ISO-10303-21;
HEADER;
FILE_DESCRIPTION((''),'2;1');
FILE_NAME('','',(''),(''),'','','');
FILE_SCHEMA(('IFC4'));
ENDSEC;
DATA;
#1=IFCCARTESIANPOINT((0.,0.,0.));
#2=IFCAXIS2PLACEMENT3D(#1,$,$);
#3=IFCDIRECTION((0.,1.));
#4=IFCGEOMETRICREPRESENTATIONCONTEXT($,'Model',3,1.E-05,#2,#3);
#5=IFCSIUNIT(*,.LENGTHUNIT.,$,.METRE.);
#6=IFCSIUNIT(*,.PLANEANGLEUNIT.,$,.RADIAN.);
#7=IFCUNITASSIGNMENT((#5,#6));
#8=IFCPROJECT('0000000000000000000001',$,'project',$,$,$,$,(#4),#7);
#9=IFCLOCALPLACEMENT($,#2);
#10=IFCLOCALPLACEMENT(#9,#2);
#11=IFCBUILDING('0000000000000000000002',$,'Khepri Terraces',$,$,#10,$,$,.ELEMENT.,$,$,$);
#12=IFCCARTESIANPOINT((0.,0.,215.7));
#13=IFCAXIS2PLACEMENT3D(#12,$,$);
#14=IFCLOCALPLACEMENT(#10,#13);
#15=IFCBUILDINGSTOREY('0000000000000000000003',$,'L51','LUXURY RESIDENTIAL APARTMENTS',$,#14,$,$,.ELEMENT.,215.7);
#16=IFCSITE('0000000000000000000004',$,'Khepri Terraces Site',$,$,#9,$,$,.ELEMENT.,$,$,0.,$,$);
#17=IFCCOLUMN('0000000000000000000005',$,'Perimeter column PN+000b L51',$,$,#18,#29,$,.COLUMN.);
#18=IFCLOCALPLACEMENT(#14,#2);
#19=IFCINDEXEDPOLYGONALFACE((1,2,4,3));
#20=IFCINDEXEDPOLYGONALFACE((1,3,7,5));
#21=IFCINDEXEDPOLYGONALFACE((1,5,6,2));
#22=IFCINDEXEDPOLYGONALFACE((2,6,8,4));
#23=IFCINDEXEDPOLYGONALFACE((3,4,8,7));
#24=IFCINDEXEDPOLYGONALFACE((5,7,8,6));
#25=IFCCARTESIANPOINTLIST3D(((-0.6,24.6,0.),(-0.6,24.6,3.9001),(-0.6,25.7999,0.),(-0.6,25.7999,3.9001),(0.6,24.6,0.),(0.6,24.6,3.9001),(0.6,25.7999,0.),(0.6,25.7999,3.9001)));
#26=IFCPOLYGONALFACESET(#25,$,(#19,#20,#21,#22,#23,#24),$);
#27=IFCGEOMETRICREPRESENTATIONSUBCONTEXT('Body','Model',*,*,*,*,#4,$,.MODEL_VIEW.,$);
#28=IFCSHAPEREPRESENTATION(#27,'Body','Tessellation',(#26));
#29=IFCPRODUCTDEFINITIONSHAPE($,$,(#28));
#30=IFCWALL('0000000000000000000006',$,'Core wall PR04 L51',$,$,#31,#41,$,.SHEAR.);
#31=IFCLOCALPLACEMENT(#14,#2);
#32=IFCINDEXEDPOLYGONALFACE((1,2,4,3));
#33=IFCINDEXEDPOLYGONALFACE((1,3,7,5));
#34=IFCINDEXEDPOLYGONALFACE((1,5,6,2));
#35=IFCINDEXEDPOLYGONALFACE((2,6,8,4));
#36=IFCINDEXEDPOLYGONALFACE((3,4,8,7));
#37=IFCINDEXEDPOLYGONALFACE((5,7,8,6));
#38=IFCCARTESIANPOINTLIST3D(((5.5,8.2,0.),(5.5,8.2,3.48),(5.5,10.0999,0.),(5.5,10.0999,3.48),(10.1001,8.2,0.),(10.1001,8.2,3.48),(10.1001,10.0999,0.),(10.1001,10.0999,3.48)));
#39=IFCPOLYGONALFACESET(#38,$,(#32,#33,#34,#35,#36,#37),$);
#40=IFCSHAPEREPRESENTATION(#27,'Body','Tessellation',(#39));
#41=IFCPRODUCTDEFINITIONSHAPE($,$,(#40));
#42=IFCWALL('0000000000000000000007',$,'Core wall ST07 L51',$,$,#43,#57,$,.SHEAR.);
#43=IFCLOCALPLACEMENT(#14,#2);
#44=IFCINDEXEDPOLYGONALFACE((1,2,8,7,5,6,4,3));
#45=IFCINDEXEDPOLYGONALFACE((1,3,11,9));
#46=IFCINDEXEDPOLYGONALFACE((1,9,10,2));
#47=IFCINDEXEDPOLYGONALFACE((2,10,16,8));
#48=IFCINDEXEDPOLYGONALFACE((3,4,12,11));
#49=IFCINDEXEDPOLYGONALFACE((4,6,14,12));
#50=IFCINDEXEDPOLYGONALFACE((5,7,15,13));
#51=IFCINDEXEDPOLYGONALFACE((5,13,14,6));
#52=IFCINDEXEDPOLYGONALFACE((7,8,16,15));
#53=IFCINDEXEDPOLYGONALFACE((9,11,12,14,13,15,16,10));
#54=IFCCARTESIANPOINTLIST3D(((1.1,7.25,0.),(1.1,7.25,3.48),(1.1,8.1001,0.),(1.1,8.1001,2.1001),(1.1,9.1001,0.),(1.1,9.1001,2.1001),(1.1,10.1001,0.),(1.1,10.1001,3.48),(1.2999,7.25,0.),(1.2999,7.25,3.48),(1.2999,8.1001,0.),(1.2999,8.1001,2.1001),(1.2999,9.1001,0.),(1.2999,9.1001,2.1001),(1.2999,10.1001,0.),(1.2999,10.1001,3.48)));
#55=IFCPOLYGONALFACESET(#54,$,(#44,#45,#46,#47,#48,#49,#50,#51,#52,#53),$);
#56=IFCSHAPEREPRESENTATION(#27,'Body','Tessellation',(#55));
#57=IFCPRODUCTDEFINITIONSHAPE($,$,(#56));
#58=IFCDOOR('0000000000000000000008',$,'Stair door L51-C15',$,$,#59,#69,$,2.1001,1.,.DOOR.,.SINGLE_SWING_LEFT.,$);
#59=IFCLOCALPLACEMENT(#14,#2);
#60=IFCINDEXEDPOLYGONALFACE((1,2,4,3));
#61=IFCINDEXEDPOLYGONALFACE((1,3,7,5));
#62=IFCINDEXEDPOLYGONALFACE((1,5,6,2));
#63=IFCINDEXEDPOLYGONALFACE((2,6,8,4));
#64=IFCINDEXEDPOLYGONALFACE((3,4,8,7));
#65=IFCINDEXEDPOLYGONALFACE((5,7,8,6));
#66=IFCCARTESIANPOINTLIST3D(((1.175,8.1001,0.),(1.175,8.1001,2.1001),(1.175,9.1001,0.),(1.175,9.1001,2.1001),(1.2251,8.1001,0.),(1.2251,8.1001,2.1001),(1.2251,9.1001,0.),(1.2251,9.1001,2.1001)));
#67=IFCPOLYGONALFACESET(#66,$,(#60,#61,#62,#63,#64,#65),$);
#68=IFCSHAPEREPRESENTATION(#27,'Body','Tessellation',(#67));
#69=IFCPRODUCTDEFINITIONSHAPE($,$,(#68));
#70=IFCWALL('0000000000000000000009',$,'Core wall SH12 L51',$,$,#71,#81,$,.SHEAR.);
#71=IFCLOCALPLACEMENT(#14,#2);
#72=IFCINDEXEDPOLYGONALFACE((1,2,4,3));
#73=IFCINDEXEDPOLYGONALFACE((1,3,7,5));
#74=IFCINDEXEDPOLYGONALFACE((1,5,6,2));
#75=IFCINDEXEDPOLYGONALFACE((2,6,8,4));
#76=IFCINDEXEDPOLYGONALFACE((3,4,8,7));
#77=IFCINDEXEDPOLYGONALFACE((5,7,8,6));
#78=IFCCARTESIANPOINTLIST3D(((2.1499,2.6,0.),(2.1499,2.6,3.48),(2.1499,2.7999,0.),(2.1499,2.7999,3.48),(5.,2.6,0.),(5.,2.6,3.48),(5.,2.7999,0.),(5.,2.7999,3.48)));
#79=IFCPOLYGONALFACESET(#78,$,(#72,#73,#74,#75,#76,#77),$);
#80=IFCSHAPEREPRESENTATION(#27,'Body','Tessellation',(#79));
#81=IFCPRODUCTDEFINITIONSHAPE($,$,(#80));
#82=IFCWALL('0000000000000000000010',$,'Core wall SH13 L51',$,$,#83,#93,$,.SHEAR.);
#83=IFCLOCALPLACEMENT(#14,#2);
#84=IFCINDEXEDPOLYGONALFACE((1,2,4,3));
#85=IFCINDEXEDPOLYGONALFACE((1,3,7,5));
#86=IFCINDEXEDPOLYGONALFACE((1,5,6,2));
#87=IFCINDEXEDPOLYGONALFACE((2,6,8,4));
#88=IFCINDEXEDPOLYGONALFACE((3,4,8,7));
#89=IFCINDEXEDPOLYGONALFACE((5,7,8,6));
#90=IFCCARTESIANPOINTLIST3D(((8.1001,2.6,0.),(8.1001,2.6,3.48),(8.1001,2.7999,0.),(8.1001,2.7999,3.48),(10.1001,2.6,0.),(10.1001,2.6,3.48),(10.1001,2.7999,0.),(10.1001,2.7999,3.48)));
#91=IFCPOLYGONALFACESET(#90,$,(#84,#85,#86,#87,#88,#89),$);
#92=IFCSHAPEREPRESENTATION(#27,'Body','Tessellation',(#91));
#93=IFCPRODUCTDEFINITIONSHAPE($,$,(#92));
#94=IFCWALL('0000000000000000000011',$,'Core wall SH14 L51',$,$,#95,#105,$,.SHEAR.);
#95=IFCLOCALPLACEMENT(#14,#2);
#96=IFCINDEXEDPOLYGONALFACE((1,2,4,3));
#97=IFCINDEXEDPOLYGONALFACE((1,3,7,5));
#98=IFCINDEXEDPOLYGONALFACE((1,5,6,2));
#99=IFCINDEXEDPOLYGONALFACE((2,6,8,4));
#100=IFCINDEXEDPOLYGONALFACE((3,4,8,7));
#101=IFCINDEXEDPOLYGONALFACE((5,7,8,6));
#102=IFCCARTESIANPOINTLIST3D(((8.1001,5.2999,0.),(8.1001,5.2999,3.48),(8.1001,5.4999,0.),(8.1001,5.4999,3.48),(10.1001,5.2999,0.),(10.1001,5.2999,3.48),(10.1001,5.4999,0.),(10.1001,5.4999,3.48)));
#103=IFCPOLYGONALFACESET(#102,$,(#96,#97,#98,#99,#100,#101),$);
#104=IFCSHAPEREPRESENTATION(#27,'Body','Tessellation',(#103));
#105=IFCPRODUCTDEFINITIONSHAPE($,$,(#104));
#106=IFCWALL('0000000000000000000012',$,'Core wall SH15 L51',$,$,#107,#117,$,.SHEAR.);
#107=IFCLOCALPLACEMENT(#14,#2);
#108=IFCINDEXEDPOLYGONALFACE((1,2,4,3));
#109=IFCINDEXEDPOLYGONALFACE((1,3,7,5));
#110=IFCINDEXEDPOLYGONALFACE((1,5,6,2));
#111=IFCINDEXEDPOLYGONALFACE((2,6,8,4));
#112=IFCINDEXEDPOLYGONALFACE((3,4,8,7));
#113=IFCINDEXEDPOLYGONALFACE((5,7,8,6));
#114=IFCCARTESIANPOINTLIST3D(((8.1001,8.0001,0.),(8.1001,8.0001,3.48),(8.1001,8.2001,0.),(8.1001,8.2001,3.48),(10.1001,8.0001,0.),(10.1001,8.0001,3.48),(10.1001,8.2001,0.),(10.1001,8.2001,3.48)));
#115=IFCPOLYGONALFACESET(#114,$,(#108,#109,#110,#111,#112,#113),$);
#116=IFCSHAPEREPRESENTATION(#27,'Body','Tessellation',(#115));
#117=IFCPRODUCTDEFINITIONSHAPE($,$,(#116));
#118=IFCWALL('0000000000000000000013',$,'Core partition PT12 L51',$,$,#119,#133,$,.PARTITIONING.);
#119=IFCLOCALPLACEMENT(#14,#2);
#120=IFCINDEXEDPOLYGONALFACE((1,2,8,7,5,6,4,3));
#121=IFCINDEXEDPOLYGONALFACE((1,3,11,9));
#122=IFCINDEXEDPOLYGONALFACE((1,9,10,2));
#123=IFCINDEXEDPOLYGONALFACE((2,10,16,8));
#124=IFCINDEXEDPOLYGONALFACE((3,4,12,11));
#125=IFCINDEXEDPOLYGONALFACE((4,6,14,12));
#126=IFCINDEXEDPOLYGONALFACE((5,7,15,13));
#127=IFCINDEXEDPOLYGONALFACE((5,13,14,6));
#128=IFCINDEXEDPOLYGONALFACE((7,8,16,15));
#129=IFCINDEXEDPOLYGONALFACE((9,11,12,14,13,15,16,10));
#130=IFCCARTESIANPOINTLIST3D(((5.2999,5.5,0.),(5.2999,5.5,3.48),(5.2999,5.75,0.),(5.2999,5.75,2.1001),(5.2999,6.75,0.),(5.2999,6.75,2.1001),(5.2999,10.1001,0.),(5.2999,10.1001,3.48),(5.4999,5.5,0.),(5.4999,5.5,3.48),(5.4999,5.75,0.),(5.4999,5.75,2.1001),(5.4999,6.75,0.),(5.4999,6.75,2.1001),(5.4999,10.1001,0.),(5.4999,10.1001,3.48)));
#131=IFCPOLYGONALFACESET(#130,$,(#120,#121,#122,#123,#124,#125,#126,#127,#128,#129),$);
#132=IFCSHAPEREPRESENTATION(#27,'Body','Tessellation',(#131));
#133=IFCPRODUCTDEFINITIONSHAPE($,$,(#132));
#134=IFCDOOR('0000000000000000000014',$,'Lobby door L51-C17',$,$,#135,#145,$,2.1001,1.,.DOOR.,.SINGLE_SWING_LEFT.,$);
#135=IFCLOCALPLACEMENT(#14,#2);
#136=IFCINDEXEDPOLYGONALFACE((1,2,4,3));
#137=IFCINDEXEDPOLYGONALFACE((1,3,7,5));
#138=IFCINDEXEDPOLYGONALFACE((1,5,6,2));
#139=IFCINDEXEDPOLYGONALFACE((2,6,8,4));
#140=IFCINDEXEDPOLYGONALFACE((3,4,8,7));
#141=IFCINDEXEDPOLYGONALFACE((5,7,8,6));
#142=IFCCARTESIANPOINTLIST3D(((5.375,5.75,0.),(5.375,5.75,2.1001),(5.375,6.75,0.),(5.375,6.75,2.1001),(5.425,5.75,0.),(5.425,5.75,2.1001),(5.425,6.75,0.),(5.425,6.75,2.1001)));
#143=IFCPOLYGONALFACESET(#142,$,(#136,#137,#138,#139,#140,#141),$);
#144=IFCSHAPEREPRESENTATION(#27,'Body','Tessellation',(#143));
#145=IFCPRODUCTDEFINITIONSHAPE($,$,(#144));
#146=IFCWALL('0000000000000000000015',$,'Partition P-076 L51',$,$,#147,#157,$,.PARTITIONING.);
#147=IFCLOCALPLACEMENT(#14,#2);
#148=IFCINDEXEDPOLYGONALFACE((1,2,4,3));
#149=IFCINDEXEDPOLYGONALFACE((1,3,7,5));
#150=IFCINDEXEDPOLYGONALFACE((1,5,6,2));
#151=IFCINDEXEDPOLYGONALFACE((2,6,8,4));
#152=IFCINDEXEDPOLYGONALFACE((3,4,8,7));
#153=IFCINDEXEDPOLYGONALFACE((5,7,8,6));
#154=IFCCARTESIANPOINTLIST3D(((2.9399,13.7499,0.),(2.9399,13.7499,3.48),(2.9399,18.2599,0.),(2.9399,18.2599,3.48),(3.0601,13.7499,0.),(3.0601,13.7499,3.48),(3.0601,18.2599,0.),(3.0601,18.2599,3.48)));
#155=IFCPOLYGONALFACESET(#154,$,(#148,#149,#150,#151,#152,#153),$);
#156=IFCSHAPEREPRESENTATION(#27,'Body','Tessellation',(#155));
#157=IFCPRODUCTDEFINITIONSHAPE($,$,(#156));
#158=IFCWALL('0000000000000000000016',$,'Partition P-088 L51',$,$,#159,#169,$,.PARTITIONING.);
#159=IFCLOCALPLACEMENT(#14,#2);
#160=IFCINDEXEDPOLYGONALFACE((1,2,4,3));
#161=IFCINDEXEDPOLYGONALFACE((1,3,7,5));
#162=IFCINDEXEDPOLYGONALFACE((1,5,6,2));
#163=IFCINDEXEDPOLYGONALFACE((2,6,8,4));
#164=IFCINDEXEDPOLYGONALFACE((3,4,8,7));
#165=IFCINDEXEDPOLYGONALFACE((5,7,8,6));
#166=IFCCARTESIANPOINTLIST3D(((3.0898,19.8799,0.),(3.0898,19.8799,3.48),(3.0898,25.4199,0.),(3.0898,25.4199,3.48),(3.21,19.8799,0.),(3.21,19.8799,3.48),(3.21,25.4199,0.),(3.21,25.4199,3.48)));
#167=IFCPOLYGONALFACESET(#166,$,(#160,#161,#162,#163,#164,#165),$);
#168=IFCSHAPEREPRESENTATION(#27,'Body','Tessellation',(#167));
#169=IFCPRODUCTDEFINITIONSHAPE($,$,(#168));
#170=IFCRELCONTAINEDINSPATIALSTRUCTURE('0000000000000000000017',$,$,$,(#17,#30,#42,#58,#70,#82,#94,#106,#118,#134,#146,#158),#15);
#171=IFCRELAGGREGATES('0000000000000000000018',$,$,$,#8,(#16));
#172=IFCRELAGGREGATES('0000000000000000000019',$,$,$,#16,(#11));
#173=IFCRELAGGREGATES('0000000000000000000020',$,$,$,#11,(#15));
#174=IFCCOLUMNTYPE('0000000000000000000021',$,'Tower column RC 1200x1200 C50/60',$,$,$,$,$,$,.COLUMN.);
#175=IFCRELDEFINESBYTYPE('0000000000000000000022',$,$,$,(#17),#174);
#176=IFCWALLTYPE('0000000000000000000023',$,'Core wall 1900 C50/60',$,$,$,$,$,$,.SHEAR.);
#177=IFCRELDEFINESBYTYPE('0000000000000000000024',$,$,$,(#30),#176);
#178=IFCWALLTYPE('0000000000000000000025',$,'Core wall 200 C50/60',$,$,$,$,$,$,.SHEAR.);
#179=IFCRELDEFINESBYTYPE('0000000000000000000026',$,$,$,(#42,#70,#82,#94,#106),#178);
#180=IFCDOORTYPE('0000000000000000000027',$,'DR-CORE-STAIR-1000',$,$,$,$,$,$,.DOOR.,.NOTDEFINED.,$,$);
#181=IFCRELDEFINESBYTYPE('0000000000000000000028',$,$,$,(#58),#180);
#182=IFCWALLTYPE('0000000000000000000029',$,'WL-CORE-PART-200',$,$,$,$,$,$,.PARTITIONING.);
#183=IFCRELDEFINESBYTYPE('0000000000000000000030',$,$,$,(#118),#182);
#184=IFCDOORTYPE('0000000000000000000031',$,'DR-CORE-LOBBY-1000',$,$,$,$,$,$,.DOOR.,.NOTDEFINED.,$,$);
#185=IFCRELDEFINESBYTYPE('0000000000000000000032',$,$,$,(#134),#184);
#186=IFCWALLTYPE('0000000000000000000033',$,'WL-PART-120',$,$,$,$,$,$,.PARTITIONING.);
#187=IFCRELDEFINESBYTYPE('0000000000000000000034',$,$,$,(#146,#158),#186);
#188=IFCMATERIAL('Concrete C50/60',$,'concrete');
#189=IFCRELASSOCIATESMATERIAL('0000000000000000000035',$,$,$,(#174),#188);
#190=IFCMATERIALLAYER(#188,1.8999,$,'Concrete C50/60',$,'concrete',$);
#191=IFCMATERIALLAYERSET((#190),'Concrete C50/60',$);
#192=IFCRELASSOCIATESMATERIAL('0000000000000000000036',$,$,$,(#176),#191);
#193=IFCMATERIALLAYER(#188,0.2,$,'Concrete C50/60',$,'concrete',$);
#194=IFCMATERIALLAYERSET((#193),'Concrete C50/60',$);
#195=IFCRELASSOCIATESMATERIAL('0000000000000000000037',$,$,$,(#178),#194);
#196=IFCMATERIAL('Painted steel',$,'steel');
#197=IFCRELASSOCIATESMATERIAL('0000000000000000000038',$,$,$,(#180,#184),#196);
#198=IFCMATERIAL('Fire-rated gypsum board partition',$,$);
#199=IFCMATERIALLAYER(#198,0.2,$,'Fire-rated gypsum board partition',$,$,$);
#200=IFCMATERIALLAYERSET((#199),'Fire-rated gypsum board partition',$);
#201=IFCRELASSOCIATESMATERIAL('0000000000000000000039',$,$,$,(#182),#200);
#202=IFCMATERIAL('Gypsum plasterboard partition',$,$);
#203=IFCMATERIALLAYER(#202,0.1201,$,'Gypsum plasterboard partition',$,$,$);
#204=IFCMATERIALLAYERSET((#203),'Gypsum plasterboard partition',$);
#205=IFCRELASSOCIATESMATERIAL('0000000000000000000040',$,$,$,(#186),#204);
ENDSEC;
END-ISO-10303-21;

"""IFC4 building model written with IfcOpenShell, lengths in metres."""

from ifc_helpers import new_model, si_unit, direction, frame, frame_2d, origin, origin_2d, place, context, subcontext, project, spatial, rectangle, extrude, material, layer, layer_set, material_profile, profile_set, type_object, element, fill, save


model = new_model("IFC4")

# Units and contexts
model_context = context("Model", 3, precision=1e-05, world=origin(), true_north=direction((0.0, 1.0)))
body_context = subcontext(model_context, "Body", "Model", "MODEL_VIEW")
ifc_project = project(units=[si_unit("LENGTHUNIT", "METRE"), si_unit("PLANEANGLEUNIT", "RADIAN")], contexts=[model_context])

# Site, building, storey
site_placement = place(None, origin())
site = spatial("IfcSite", under=ifc_project, at=site_placement, Name="Khepri Terraces Site", CompositionType="ELEMENT", RefElevation=0.0)
building_placement = place(site_placement, origin())
building = spatial("IfcBuilding", under=site, at=building_placement, Name="Khepri Terraces", CompositionType="ELEMENT")
storey_placement = place(building_placement, frame((0.0, 0.0, 215.7)))
storey = spatial("IfcBuildingStorey", under=building, at=storey_placement, Name="L51", Description="LUXURY RESIDENTIAL APARTMENTS", CompositionType="ELEMENT", Elevation=215.7)

# Column
ifc_material_1 = material(Name="Concrete C50/60", Category="concrete")
ifc_material_profile = material_profile(ifc_material_1, rectangle(XDim=1.2, YDim=1.2, at=origin_2d()), Name="Concrete C50/60", Category="concrete")
ifc_profile_set = profile_set([ifc_material_profile], Name="Concrete C50/60")
column_type = type_object("IfcColumnType", Name="Tower column RC 1200x1200 C50/60", PredefinedType="COLUMN", material=ifc_profile_set)
column_placement = place(storey_placement, frame((0.0, 25.2, 0.0), z_axis=(0.0, 0.0, 1.0), x_axis=(1.0, 0.0, 0.0)))
element("IfcColumn", 1, at=column_placement, inside=storey, type_object=column_type, Name="Perimeter column PN+000b L51", PredefinedType="COLUMN", context=body_context, shape_type="SweptSolid", body=[
    extrude(rectangle(XDim=1.2, YDim=1.2, at=origin_2d()), origin(), (0.0, 0.0, 1.0), 3.9001),
])

# Wall
ifc_layer_1 = layer(ifc_material_1, 1.8999, Name="Concrete C50/60", Category="concrete")
ifc_layer_set_1 = layer_set([ifc_layer_1], Name="Concrete C50/60")
wall_type_1 = type_object("IfcWallType", Name="Core wall 1900 C50/60", PredefinedType="SHEAR", material=ifc_layer_set_1)
wall_1_placement = place(storey_placement, frame((5.5, 9.1499, 0.0), z_axis=(0.0, 0.0, 1.0), x_axis=(1.0, 0.0, 0.0)))
element("IfcWall", 2, at=wall_1_placement, inside=storey, type_object=wall_type_1, Name="Core wall PR04 L51", PredefinedType="SHEAR", context=body_context, shape_type="SweptSolid", body=[
    extrude(rectangle(XDim=4.6001, YDim=1.8999, at=frame_2d((2.3, 0.0))), origin(), (0.0, 0.0, 1.0), 3.48),
])

# Wall, opening, door
ifc_layer_2 = layer(ifc_material_1, 0.2, Name="Concrete C50/60", Category="concrete")
ifc_layer_set_2 = layer_set([ifc_layer_2], Name="Concrete C50/60")
wall_type_2 = type_object("IfcWallType", Name="Core wall 200 C50/60", PredefinedType="SHEAR", material=ifc_layer_set_2)
wall_2_placement = place(storey_placement, frame((1.2, 7.25, 0.0), z_axis=(0.0, 0.0, 1.0), x_axis=(0.0, 1.0, 0.0)))
wall_2 = element("IfcWall", 3, at=wall_2_placement, inside=storey, type_object=wall_type_2, Name="Core wall ST07 L51", PredefinedType="SHEAR", context=body_context, shape_type="SweptSolid", body=[
    extrude(rectangle(XDim=2.8501, YDim=0.2, at=frame_2d((1.425, 0.0))), origin(), (0.0, 0.0, 1.0), 3.48),
])
opening_1_placement = place(wall_2_placement, frame((0.8501, 0.0, 0.0)))
opening_1 = element("IfcOpeningElement", 4, at=opening_1_placement, cuts=wall_2, PredefinedType="OPENING", context=body_context, shape_type="SweptSolid", body=[
    extrude(rectangle(XDim=1.0, YDim=2.1001, at=frame_2d((0.5, 1.05))), frame((0.0, 0.1099, 0.0), z_axis=(0.0, -1.0, 0.0), x_axis=(1.0, 0.0, 0.0)), (0.0, 0.0, 1.0), 0.22),
])
ifc_material_2 = material(Name="Painted steel", Category="steel")
door_type_1 = type_object("IfcDoorType", Name="DR-CORE-STAIR-1000", OperationType="NOTDEFINED", PredefinedType="DOOR", material=ifc_material_2)
door_1_placement = place(opening_1_placement, origin())
door_1 = element("IfcDoor", 5, at=door_1_placement, inside=storey, type_object=door_type_1, Name="Stair door L51-C15", OperationType="SINGLE_SWING_LEFT", OverallHeight=2.1001, OverallWidth=1.0, PredefinedType="DOOR", context=body_context, shape_type="SweptSolid", body=[
    extrude(rectangle(XDim=1.0, YDim=2.1001, at=frame_2d((0.5, 1.05))), frame((0.0, 0.0249, 0.0), z_axis=(0.0, -1.0, 0.0), x_axis=(1.0, 0.0, 0.0)), (0.0, 0.0, 1.0), 0.05),
])
fill(opening_1, door_1)

# Walls
wall_3_placement = place(storey_placement, frame((2.1499, 2.7, 0.0), z_axis=(0.0, 0.0, 1.0), x_axis=(1.0, 0.0, 0.0)))
element("IfcWall", 6, at=wall_3_placement, inside=storey, type_object=wall_type_2, Name="Core wall SH12 L51", PredefinedType="SHEAR", context=body_context, shape_type="SweptSolid", body=[
    extrude(rectangle(XDim=2.8501, YDim=0.2, at=frame_2d((1.425, 0.0))), origin(), (0.0, 0.0, 1.0), 3.48),
])
for number, where, z_axis, x_axis, name in (
    (7, (8.1001, 2.7, 0.0), (0.0, 0.0, 1.0), (1.0, 0.0, 0.0), "Core wall SH13 L51"),
    (8, (8.1001, 5.3999, 0.0), (0.0, 0.0, 1.0), (1.0, 0.0, 0.0), "Core wall SH14 L51"),
    (9, (8.1001, 8.1001, 0.0), (0.0, 0.0, 1.0), (1.0, 0.0, 0.0), "Core wall SH15 L51"),
):
    element("IfcWall", number, at=place(storey_placement, frame(where, z_axis=z_axis, x_axis=x_axis)), inside=storey, type_object=wall_type_2, Name=name, PredefinedType="SHEAR", context=body_context, shape_type="SweptSolid", body=[
        extrude(rectangle(XDim=2.0, YDim=0.2, at=frame_2d((1.0, 0.0))), origin(), (0.0, 0.0, 1.0), 3.48),
    ])

# Wall, opening, door
ifc_material_3 = material(Name="Fire-rated gypsum board partition")
ifc_layer_3 = layer(ifc_material_3, 0.2, Name="Fire-rated gypsum board partition")
ifc_layer_set_3 = layer_set([ifc_layer_3], Name="Fire-rated gypsum board partition")
wall_type_3 = type_object("IfcWallType", Name="WL-CORE-PART-200", PredefinedType="PARTITIONING", material=ifc_layer_set_3)
wall_4_placement = place(storey_placement, frame((5.3999, 5.5, 0.0), z_axis=(0.0, 0.0, 1.0), x_axis=(0.0, 1.0, 0.0)))
wall_4 = element("IfcWall", 10, at=wall_4_placement, inside=storey, type_object=wall_type_3, Name="Core partition PT12 L51", PredefinedType="PARTITIONING", context=body_context, shape_type="SweptSolid", body=[
    extrude(rectangle(XDim=4.6001, YDim=0.2, at=frame_2d((2.3, 0.0))), origin(), (0.0, 0.0, 1.0), 3.48),
])
opening_2_placement = place(wall_4_placement, frame((0.25, 0.0, 0.0)))
opening_2 = element("IfcOpeningElement", 11, at=opening_2_placement, cuts=wall_4, PredefinedType="OPENING", context=body_context, shape_type="SweptSolid", body=[
    extrude(rectangle(XDim=1.0, YDim=2.1001, at=frame_2d((0.5, 1.05))), frame((0.0, 0.1099, 0.0), z_axis=(0.0, -1.0, 0.0), x_axis=(1.0, 0.0, 0.0)), (0.0, 0.0, 1.0), 0.22),
])
door_type_2 = type_object("IfcDoorType", Name="DR-CORE-LOBBY-1000", OperationType="NOTDEFINED", PredefinedType="DOOR", material=ifc_material_2)
door_2_placement = place(opening_2_placement, origin())
door_2 = element("IfcDoor", 12, at=door_2_placement, inside=storey, type_object=door_type_2, Name="Lobby door L51-C17", OperationType="SINGLE_SWING_LEFT", OverallHeight=2.1001, OverallWidth=1.0, PredefinedType="DOOR", context=body_context, shape_type="SweptSolid", body=[
    extrude(rectangle(XDim=1.0, YDim=2.1001, at=frame_2d((0.5, 1.05))), frame((0.0, 0.0249, 0.0), z_axis=(0.0, -1.0, 0.0), x_axis=(1.0, 0.0, 0.0)), (0.0, 0.0, 1.0), 0.05),
])
fill(opening_2, door_2)

# Walls
ifc_material_4 = material(Name="Gypsum plasterboard partition")
ifc_layer_4 = layer(ifc_material_4, 0.1201, Name="Gypsum plasterboard partition")
ifc_layer_set_4 = layer_set([ifc_layer_4], Name="Gypsum plasterboard partition")
wall_type_4 = type_object("IfcWallType", Name="WL-PART-120", PredefinedType="PARTITIONING", material=ifc_layer_set_4)
wall_5_placement = place(storey_placement, frame((3.0, 13.75, 0.0), z_axis=(0.0, 0.0, 1.0), x_axis=(0.0, 1.0, 0.0)))
element("IfcWall", 13, at=wall_5_placement, inside=storey, type_object=wall_type_4, Name="Partition P-076 L51", PredefinedType="PARTITIONING", context=body_context, shape_type="SweptSolid", body=[
    extrude(rectangle(XDim=4.51, YDim=0.1201, at=frame_2d((2.2549, 0.0))), origin(), (0.0, 0.0, 1.0), 3.48),
])
wall_6_placement = place(storey_placement, frame((3.1499, 19.8799, 0.0), z_axis=(0.0, 0.0, 1.0), x_axis=(0.0, 1.0, 0.0)))
element("IfcWall", 14, at=wall_6_placement, inside=storey, type_object=wall_type_4, Name="Partition P-088 L51", PredefinedType="PARTITIONING", context=body_context, shape_type="SweptSolid", body=[
    extrude(rectangle(XDim=5.54, YDim=0.1201, at=frame_2d((2.77, 0.0))), origin(), (0.0, 0.0, 1.0), 3.48),
])

save(model, "model.ifc")
